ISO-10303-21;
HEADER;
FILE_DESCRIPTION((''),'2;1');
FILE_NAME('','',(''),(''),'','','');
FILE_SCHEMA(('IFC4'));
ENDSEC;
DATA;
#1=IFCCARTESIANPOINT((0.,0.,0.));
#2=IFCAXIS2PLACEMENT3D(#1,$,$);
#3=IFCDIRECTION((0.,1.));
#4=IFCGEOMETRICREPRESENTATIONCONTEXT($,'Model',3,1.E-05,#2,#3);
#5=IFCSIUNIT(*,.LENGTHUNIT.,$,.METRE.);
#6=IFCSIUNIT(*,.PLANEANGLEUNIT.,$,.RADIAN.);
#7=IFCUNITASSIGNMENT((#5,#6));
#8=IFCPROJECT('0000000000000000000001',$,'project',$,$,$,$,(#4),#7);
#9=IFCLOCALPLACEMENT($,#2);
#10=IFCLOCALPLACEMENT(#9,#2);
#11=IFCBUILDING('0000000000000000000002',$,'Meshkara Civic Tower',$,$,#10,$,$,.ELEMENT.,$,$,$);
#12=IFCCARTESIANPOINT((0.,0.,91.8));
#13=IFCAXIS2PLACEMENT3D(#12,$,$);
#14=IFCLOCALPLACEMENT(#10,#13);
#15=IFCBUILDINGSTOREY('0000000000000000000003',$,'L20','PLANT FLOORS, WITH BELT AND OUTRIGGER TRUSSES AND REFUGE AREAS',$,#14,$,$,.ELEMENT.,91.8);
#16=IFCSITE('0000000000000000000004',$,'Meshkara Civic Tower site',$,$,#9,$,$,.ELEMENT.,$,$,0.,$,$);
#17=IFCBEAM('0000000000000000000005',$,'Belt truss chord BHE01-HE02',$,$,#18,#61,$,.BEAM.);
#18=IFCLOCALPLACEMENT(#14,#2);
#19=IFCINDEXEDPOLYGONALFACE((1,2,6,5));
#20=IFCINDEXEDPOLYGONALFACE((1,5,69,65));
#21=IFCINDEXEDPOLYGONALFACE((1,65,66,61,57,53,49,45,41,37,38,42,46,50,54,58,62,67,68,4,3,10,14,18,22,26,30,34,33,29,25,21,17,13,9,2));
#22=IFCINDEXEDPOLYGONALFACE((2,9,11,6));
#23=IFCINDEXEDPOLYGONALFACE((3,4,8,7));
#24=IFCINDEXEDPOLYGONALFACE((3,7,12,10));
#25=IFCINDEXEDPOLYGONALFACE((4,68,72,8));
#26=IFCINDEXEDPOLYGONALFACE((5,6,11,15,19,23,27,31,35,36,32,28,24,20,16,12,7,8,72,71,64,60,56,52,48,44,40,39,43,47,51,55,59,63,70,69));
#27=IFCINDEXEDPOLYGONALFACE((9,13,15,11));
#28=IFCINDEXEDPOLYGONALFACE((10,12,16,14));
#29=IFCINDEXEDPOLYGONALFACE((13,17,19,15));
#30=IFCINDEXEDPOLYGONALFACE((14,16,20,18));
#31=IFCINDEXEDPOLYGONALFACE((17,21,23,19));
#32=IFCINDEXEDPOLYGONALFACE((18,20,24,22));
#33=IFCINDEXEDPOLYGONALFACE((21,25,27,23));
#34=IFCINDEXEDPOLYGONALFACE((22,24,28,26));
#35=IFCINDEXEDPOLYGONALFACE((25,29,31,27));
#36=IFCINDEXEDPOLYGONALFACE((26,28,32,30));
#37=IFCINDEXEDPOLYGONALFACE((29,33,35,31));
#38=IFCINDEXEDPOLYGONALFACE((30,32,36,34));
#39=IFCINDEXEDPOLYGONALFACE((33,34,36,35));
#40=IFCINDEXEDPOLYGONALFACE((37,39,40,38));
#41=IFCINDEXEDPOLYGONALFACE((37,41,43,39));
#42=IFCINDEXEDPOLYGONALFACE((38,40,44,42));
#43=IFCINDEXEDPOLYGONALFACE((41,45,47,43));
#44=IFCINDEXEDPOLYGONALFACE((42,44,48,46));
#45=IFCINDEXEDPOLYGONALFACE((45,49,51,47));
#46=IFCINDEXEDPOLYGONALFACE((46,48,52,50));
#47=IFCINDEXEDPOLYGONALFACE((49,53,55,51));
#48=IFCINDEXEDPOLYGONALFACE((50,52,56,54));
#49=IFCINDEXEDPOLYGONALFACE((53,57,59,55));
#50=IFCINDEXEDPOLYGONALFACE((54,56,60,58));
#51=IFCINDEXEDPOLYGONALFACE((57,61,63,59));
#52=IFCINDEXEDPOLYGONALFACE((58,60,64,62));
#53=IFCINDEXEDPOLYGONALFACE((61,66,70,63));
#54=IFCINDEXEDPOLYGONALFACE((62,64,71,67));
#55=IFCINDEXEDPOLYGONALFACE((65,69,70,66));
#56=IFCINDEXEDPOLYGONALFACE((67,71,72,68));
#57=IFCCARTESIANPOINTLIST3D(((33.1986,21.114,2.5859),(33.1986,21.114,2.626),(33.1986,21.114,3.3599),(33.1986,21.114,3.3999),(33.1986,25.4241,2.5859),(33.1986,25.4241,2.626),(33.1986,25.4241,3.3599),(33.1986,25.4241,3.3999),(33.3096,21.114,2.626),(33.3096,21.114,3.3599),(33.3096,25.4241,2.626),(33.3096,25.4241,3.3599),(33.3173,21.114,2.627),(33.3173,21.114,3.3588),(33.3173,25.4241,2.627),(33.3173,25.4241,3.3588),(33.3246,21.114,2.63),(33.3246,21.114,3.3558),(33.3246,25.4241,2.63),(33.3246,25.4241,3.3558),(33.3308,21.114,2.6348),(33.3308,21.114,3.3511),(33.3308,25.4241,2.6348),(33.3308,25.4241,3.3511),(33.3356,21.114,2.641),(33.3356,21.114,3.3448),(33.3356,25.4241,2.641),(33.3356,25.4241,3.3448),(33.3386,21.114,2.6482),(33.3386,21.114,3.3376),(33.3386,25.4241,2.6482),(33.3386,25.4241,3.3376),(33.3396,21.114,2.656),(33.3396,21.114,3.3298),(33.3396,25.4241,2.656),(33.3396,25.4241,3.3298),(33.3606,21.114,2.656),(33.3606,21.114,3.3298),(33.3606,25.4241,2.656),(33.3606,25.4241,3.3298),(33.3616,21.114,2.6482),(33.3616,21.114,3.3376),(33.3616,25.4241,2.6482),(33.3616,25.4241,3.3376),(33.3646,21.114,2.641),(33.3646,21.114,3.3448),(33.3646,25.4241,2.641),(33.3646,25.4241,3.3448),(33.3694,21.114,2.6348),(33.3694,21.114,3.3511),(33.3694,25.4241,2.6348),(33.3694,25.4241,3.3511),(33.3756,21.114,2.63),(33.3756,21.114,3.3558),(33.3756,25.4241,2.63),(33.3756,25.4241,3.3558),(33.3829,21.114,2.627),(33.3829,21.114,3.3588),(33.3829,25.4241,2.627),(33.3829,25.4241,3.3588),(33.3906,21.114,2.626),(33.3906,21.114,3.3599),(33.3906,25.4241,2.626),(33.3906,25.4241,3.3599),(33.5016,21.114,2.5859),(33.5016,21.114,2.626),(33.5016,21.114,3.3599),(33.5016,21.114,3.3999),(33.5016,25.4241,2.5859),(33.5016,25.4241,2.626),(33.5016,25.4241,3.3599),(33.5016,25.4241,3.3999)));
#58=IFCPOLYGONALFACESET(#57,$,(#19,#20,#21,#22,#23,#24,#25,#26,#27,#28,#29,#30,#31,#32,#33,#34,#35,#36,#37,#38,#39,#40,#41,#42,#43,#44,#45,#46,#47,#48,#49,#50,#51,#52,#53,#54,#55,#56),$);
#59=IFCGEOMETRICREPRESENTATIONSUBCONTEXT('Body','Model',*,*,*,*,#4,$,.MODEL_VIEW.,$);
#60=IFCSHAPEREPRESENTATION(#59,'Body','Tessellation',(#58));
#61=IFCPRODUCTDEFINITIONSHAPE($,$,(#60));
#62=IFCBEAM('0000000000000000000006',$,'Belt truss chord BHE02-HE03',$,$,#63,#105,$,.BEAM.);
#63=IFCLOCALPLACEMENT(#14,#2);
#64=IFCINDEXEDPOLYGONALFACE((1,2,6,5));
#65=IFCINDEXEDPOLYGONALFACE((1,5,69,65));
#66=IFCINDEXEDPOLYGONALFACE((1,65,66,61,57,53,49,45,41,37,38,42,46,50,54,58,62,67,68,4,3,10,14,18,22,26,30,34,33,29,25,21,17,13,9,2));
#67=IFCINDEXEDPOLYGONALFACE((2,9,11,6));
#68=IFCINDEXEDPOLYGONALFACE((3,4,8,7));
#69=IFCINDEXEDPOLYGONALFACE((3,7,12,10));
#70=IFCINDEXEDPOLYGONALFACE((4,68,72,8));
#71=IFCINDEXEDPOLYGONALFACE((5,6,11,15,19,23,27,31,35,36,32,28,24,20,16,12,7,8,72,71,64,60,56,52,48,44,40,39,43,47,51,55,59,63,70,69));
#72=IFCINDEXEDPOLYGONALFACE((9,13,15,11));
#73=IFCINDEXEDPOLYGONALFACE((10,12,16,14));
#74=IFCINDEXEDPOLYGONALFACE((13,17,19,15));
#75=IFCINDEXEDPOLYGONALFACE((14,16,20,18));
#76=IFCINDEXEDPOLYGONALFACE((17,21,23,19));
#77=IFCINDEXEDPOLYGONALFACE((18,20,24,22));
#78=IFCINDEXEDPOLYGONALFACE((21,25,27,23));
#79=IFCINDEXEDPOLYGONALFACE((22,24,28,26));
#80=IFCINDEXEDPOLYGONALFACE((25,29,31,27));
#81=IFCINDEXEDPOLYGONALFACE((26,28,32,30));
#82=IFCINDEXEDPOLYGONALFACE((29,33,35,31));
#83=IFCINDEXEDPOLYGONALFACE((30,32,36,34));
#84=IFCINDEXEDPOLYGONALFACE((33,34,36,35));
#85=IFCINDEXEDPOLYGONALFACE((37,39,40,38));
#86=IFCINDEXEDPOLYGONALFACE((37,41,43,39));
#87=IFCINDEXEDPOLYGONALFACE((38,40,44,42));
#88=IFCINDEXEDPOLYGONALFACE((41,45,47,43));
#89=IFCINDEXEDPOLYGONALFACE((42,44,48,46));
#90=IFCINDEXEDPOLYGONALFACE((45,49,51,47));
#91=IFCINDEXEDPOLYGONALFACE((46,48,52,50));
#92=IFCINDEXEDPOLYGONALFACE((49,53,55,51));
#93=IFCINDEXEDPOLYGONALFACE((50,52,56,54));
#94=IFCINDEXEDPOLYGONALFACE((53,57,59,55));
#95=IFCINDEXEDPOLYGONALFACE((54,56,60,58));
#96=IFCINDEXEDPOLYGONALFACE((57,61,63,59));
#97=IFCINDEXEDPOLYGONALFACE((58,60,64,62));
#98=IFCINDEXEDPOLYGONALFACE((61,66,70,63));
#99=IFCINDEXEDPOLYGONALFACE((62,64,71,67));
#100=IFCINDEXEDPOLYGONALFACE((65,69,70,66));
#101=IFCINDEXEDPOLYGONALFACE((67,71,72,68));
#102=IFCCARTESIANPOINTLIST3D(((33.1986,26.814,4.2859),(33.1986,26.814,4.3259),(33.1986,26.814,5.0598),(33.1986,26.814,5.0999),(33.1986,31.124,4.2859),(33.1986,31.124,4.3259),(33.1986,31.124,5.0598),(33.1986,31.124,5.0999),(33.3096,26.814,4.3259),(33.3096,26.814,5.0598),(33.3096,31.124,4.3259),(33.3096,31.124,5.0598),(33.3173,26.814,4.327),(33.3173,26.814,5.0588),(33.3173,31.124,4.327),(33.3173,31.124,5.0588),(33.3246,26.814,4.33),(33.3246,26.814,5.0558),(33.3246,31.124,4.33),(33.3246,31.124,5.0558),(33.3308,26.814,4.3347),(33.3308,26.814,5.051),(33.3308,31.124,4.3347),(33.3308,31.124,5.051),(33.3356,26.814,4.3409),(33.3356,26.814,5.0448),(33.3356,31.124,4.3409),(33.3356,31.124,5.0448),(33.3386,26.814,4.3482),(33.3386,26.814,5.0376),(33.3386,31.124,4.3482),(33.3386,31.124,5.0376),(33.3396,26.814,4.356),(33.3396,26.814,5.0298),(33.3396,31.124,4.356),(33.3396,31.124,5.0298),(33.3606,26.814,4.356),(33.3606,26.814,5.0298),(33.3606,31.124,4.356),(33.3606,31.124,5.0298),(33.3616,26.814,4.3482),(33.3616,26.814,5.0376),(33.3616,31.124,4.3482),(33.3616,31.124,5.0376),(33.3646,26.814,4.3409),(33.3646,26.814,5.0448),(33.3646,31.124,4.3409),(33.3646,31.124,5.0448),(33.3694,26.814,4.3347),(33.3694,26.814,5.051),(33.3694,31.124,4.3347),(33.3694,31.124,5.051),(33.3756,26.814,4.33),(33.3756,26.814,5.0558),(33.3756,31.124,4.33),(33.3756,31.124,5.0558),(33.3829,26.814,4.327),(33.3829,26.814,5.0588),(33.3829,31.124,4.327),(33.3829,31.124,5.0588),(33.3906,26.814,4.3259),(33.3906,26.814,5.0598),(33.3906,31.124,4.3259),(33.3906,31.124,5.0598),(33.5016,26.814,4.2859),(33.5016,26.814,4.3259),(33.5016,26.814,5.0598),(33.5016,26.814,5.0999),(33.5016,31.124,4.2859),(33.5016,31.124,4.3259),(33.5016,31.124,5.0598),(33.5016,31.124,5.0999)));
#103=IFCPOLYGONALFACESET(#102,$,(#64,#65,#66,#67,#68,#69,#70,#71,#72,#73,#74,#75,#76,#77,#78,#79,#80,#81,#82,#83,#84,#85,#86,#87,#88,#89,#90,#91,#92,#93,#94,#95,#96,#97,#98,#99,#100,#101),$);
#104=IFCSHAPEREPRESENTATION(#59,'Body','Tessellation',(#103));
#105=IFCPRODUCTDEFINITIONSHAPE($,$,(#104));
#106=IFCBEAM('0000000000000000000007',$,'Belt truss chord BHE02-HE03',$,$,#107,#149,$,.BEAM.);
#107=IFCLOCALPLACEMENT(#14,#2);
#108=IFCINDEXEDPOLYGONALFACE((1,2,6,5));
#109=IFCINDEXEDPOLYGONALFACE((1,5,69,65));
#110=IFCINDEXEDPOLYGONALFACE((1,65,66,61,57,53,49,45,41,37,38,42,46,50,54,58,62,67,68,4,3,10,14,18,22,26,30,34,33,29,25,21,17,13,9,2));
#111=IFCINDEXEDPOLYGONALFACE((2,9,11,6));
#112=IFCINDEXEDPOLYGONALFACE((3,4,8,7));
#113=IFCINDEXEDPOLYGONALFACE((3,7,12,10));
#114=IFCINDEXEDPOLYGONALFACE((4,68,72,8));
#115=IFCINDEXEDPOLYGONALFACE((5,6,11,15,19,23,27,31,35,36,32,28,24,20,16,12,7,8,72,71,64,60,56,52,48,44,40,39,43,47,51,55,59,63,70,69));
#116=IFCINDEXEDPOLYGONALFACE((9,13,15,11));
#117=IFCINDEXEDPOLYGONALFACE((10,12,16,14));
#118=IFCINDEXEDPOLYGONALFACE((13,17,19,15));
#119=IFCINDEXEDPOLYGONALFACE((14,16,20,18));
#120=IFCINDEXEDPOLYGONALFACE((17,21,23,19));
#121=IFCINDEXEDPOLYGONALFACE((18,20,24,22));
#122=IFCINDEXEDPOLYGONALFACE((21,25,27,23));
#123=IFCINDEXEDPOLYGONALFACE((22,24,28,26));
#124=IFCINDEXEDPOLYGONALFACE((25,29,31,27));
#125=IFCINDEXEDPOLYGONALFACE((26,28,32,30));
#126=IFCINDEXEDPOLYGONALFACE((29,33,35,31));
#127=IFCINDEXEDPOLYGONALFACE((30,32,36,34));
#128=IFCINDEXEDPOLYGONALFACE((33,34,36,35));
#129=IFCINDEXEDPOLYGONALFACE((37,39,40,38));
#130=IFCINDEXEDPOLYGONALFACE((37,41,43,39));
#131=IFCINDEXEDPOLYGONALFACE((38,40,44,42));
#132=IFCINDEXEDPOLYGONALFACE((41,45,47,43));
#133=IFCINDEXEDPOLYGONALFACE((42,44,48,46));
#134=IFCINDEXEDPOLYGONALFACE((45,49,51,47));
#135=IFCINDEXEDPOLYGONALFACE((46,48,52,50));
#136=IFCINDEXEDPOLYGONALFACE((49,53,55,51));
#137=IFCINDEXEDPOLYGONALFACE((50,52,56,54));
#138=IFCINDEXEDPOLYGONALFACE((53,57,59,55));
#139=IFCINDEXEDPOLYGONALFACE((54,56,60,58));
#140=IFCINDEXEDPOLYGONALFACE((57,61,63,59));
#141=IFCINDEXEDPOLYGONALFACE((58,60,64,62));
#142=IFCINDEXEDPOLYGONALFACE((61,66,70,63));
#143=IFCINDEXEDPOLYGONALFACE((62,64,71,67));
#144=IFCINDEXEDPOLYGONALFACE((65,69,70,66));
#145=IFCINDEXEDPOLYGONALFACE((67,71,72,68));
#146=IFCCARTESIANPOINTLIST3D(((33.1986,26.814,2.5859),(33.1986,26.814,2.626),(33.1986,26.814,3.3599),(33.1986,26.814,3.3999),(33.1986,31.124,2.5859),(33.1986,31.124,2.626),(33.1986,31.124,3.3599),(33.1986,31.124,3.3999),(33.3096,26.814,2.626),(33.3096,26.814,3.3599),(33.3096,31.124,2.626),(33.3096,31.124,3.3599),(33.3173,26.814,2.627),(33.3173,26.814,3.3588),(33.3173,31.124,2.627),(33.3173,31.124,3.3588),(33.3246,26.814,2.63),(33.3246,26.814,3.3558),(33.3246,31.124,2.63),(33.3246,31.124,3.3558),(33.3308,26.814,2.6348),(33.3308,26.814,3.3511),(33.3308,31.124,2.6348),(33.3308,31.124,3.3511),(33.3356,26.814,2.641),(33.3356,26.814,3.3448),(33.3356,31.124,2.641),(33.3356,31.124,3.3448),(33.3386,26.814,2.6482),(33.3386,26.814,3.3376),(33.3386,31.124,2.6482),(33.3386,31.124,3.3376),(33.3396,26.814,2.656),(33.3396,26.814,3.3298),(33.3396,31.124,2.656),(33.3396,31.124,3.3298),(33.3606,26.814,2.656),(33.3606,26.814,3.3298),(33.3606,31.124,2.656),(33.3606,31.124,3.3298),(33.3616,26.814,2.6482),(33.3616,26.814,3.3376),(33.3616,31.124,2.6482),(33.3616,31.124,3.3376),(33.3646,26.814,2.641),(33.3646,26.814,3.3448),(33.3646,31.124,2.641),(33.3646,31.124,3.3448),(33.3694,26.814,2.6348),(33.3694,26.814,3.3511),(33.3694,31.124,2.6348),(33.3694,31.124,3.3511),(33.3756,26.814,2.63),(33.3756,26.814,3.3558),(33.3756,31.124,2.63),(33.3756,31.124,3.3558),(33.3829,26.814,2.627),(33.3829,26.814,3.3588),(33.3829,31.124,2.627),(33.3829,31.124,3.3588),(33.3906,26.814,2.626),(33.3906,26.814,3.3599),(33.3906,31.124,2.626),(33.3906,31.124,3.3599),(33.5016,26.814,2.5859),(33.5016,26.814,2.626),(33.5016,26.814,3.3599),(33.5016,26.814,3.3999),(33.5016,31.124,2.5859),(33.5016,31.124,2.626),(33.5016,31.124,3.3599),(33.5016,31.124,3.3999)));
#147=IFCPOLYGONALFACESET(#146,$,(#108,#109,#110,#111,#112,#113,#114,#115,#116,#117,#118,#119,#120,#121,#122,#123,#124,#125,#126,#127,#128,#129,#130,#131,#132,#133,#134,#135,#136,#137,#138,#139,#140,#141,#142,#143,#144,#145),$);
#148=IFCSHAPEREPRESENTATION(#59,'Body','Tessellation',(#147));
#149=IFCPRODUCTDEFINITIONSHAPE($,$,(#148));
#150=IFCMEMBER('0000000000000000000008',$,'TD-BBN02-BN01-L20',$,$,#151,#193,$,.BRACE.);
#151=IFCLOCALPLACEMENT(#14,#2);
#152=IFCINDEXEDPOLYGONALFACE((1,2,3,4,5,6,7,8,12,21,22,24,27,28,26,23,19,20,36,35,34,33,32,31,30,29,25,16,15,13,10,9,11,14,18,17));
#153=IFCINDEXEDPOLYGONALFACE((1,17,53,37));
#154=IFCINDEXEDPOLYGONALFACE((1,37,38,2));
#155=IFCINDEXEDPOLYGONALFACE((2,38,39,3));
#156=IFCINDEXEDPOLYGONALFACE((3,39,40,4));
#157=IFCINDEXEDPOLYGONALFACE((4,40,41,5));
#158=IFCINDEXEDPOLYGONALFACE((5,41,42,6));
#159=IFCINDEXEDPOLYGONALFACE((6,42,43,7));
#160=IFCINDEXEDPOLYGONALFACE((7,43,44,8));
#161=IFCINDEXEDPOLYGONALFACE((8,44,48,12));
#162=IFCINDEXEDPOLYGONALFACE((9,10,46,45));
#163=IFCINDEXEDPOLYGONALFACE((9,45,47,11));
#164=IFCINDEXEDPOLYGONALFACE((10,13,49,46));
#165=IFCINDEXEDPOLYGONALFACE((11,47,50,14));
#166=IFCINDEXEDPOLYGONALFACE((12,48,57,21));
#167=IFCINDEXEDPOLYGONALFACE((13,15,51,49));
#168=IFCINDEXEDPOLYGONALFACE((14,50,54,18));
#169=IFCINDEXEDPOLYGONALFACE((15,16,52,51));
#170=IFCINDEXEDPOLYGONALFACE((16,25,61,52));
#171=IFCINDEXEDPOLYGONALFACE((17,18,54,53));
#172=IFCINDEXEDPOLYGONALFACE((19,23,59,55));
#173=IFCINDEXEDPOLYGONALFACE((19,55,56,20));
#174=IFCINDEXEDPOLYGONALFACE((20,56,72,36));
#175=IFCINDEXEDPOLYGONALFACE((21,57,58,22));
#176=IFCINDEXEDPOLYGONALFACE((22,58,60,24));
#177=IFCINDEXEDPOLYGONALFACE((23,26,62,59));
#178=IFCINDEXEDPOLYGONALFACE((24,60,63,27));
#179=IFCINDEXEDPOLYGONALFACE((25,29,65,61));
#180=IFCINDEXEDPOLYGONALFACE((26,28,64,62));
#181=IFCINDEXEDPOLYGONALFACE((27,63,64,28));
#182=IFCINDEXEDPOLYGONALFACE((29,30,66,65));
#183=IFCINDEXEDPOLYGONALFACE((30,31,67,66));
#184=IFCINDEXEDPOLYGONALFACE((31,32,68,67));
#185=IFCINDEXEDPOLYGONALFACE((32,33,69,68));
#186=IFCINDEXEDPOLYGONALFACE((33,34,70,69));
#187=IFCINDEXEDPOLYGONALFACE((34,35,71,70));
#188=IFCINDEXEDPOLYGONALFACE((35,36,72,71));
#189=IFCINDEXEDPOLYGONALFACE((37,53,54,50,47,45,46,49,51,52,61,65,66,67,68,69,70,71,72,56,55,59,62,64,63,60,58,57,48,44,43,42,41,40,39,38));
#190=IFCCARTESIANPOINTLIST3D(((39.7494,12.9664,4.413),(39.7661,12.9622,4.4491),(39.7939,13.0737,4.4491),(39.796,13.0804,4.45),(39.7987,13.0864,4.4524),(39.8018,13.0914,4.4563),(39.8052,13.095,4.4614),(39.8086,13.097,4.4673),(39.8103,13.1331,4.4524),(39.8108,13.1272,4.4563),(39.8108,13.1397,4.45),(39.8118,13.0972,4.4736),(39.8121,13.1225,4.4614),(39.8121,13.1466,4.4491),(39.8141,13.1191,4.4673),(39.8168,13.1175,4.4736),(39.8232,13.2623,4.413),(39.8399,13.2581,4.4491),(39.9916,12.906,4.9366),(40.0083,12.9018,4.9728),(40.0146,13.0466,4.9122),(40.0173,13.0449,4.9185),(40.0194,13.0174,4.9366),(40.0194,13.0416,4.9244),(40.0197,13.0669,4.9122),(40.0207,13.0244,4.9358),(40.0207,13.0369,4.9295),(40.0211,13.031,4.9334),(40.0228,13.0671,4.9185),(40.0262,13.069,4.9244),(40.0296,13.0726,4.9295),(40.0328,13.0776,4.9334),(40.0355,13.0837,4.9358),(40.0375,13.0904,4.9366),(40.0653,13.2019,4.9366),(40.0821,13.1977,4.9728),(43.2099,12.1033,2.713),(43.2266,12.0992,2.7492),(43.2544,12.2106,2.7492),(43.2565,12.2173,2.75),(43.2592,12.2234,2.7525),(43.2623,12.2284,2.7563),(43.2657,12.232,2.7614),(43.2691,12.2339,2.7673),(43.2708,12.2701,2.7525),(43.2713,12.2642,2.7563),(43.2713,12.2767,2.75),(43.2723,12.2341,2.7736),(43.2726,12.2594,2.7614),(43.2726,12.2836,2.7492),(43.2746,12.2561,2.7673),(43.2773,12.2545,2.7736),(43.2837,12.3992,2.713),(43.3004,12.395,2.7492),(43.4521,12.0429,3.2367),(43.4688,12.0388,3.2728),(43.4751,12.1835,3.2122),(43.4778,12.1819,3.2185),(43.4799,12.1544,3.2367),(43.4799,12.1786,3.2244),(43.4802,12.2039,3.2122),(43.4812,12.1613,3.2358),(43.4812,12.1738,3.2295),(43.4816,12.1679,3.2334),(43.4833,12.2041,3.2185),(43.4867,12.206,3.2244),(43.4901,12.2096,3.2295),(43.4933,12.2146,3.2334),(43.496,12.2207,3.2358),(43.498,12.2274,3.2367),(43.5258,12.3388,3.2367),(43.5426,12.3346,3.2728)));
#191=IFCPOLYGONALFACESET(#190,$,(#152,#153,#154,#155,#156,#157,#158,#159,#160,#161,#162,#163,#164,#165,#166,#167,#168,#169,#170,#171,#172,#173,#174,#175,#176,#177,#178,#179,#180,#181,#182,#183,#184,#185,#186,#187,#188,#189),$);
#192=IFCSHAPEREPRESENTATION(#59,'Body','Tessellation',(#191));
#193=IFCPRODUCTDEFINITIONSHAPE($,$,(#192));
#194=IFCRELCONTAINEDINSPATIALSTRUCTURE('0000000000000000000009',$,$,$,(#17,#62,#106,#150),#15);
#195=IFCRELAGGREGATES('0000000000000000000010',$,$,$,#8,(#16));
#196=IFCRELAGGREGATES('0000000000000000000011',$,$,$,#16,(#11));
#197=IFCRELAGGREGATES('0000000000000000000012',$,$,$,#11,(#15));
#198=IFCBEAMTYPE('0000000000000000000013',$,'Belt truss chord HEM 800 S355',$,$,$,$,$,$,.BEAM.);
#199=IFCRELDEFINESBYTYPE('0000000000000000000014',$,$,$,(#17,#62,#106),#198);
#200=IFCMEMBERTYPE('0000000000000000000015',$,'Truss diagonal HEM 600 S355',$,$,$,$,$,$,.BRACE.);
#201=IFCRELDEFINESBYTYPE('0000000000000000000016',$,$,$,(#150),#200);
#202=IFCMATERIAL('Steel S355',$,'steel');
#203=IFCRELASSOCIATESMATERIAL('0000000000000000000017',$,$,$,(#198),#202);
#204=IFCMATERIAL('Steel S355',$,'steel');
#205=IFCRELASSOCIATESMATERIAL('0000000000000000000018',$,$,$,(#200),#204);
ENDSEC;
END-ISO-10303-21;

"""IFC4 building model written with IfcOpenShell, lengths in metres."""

from ifc_helpers import new_model, si_unit, direction, frame, origin, origin_2d, place, context, subcontext, project, spatial, i_section, extrude, material, material_profile, profile_set, type_object, element, save


model = new_model("IFC4")

# Units and contexts
model_context = context("Model", 3, precision=1e-05, world=origin(), true_north=direction((0.0, 1.0)))
body_context = subcontext(model_context, "Body", "Model", "MODEL_VIEW")
ifc_project = project(units=[si_unit("LENGTHUNIT", "METRE"), si_unit("PLANEANGLEUNIT", "RADIAN")], contexts=[model_context])

# Site, building, storey
site_placement = place(None, origin())
site = spatial("IfcSite", under=ifc_project, at=site_placement, Name="Meshkara Civic Tower site", CompositionType="ELEMENT", RefElevation=0.0)
building_placement = place(site_placement, origin())
building = spatial("IfcBuilding", under=site, at=building_placement, Name="Meshkara Civic Tower", CompositionType="ELEMENT")
storey_placement = place(building_placement, frame((0.0, 0.0, 91.8)))
storey = spatial("IfcBuildingStorey", under=building, at=storey_placement, Name="L20", Description="PLANT FLOORS, WITH BELT AND OUTRIGGER TRUSSES AND REFUGE AREAS", CompositionType="ELEMENT", Elevation=91.8)

# Beams
ifc_material_1 = material(Name="Steel S355", Category="steel")
ifc_material_profile_1 = material_profile(ifc_material_1, i_section(OverallWidth=0.303, OverallDepth=0.814, WebThickness=0.021, FlangeThickness=0.04, FilletRadius=0.03, at=origin_2d()))
ifc_profile_set_1 = profile_set([ifc_material_profile_1], Name="Steel S355")
beam_type = type_object("IfcBeamType", Name="Belt truss chord HEM 800 S355", PredefinedType="BEAM", material=ifc_profile_set_1)
for number, where, z_axis, x_axis, name in (
    (1, (33.3501, 21.114, 2.9929), (0.0, 1.0, 0.0), (-1.0, 0.0, 0.0), "Belt truss chord BHE01-HE02"),
    (2, (33.3501, 26.814, 4.6929), (0.0, 1.0, 0.0), (-1.0, 0.0, 0.0), "Belt truss chord BHE02-HE03"),
    (3, (33.3501, 26.814, 2.9929), (0.0, 1.0, 0.0), (-1.0, 0.0, 0.0), "Belt truss chord BHE02-HE03"),
):
    element("IfcBeam", number, at=place(storey_placement, frame(where, z_axis=z_axis, x_axis=x_axis)), inside=storey, type_object=beam_type, Name=name, PredefinedType="BEAM", context=body_context, shape_type="SweptSolid", body=[
        extrude(i_section(OverallWidth=0.303, OverallDepth=0.814, WebThickness=0.021, FlangeThickness=0.04, FilletRadius=0.03, at=origin_2d()), origin(), (0.0, 0.0, 1.0), 4.3101),
    ])

# Member
ifc_material_2 = material(Name="Steel S355", Category="steel")
ifc_material_profile_2 = material_profile(ifc_material_2, i_section(OverallWidth=0.3049, OverallDepth=0.6201, WebThickness=0.021, FlangeThickness=0.04, FilletRadius=0.0271, at=origin_2d()))
ifc_profile_set_2 = profile_set([ifc_material_profile_2], Name="Steel S355")
member_type = type_object("IfcMemberType", Name="Truss diagonal HEM 600 S355", PredefinedType="BRACE", material=ifc_profile_set_2)
member_1_placement = place(storey_placement, frame((43.3762, 12.219, 2.9929), z_axis=(-0.87587, 0.218442, 0.430273), x_axis=(-0.241988, -0.970279, 0.0)))
element("IfcMember", 4, at=member_1_placement, inside=storey, type_object=member_type, Name="TD-BBN02-BN01-L20", PredefinedType="BRACE", context=body_context, shape_type="SweptSolid", body=[
    extrude(i_section(OverallWidth=0.3049, OverallDepth=0.6201, WebThickness=0.021, FlangeThickness=0.04, FilletRadius=0.0271, at=origin_2d()), origin(), (0.0, 0.0, 1.0), 3.9509),
])

save(model, "model.ifc")
